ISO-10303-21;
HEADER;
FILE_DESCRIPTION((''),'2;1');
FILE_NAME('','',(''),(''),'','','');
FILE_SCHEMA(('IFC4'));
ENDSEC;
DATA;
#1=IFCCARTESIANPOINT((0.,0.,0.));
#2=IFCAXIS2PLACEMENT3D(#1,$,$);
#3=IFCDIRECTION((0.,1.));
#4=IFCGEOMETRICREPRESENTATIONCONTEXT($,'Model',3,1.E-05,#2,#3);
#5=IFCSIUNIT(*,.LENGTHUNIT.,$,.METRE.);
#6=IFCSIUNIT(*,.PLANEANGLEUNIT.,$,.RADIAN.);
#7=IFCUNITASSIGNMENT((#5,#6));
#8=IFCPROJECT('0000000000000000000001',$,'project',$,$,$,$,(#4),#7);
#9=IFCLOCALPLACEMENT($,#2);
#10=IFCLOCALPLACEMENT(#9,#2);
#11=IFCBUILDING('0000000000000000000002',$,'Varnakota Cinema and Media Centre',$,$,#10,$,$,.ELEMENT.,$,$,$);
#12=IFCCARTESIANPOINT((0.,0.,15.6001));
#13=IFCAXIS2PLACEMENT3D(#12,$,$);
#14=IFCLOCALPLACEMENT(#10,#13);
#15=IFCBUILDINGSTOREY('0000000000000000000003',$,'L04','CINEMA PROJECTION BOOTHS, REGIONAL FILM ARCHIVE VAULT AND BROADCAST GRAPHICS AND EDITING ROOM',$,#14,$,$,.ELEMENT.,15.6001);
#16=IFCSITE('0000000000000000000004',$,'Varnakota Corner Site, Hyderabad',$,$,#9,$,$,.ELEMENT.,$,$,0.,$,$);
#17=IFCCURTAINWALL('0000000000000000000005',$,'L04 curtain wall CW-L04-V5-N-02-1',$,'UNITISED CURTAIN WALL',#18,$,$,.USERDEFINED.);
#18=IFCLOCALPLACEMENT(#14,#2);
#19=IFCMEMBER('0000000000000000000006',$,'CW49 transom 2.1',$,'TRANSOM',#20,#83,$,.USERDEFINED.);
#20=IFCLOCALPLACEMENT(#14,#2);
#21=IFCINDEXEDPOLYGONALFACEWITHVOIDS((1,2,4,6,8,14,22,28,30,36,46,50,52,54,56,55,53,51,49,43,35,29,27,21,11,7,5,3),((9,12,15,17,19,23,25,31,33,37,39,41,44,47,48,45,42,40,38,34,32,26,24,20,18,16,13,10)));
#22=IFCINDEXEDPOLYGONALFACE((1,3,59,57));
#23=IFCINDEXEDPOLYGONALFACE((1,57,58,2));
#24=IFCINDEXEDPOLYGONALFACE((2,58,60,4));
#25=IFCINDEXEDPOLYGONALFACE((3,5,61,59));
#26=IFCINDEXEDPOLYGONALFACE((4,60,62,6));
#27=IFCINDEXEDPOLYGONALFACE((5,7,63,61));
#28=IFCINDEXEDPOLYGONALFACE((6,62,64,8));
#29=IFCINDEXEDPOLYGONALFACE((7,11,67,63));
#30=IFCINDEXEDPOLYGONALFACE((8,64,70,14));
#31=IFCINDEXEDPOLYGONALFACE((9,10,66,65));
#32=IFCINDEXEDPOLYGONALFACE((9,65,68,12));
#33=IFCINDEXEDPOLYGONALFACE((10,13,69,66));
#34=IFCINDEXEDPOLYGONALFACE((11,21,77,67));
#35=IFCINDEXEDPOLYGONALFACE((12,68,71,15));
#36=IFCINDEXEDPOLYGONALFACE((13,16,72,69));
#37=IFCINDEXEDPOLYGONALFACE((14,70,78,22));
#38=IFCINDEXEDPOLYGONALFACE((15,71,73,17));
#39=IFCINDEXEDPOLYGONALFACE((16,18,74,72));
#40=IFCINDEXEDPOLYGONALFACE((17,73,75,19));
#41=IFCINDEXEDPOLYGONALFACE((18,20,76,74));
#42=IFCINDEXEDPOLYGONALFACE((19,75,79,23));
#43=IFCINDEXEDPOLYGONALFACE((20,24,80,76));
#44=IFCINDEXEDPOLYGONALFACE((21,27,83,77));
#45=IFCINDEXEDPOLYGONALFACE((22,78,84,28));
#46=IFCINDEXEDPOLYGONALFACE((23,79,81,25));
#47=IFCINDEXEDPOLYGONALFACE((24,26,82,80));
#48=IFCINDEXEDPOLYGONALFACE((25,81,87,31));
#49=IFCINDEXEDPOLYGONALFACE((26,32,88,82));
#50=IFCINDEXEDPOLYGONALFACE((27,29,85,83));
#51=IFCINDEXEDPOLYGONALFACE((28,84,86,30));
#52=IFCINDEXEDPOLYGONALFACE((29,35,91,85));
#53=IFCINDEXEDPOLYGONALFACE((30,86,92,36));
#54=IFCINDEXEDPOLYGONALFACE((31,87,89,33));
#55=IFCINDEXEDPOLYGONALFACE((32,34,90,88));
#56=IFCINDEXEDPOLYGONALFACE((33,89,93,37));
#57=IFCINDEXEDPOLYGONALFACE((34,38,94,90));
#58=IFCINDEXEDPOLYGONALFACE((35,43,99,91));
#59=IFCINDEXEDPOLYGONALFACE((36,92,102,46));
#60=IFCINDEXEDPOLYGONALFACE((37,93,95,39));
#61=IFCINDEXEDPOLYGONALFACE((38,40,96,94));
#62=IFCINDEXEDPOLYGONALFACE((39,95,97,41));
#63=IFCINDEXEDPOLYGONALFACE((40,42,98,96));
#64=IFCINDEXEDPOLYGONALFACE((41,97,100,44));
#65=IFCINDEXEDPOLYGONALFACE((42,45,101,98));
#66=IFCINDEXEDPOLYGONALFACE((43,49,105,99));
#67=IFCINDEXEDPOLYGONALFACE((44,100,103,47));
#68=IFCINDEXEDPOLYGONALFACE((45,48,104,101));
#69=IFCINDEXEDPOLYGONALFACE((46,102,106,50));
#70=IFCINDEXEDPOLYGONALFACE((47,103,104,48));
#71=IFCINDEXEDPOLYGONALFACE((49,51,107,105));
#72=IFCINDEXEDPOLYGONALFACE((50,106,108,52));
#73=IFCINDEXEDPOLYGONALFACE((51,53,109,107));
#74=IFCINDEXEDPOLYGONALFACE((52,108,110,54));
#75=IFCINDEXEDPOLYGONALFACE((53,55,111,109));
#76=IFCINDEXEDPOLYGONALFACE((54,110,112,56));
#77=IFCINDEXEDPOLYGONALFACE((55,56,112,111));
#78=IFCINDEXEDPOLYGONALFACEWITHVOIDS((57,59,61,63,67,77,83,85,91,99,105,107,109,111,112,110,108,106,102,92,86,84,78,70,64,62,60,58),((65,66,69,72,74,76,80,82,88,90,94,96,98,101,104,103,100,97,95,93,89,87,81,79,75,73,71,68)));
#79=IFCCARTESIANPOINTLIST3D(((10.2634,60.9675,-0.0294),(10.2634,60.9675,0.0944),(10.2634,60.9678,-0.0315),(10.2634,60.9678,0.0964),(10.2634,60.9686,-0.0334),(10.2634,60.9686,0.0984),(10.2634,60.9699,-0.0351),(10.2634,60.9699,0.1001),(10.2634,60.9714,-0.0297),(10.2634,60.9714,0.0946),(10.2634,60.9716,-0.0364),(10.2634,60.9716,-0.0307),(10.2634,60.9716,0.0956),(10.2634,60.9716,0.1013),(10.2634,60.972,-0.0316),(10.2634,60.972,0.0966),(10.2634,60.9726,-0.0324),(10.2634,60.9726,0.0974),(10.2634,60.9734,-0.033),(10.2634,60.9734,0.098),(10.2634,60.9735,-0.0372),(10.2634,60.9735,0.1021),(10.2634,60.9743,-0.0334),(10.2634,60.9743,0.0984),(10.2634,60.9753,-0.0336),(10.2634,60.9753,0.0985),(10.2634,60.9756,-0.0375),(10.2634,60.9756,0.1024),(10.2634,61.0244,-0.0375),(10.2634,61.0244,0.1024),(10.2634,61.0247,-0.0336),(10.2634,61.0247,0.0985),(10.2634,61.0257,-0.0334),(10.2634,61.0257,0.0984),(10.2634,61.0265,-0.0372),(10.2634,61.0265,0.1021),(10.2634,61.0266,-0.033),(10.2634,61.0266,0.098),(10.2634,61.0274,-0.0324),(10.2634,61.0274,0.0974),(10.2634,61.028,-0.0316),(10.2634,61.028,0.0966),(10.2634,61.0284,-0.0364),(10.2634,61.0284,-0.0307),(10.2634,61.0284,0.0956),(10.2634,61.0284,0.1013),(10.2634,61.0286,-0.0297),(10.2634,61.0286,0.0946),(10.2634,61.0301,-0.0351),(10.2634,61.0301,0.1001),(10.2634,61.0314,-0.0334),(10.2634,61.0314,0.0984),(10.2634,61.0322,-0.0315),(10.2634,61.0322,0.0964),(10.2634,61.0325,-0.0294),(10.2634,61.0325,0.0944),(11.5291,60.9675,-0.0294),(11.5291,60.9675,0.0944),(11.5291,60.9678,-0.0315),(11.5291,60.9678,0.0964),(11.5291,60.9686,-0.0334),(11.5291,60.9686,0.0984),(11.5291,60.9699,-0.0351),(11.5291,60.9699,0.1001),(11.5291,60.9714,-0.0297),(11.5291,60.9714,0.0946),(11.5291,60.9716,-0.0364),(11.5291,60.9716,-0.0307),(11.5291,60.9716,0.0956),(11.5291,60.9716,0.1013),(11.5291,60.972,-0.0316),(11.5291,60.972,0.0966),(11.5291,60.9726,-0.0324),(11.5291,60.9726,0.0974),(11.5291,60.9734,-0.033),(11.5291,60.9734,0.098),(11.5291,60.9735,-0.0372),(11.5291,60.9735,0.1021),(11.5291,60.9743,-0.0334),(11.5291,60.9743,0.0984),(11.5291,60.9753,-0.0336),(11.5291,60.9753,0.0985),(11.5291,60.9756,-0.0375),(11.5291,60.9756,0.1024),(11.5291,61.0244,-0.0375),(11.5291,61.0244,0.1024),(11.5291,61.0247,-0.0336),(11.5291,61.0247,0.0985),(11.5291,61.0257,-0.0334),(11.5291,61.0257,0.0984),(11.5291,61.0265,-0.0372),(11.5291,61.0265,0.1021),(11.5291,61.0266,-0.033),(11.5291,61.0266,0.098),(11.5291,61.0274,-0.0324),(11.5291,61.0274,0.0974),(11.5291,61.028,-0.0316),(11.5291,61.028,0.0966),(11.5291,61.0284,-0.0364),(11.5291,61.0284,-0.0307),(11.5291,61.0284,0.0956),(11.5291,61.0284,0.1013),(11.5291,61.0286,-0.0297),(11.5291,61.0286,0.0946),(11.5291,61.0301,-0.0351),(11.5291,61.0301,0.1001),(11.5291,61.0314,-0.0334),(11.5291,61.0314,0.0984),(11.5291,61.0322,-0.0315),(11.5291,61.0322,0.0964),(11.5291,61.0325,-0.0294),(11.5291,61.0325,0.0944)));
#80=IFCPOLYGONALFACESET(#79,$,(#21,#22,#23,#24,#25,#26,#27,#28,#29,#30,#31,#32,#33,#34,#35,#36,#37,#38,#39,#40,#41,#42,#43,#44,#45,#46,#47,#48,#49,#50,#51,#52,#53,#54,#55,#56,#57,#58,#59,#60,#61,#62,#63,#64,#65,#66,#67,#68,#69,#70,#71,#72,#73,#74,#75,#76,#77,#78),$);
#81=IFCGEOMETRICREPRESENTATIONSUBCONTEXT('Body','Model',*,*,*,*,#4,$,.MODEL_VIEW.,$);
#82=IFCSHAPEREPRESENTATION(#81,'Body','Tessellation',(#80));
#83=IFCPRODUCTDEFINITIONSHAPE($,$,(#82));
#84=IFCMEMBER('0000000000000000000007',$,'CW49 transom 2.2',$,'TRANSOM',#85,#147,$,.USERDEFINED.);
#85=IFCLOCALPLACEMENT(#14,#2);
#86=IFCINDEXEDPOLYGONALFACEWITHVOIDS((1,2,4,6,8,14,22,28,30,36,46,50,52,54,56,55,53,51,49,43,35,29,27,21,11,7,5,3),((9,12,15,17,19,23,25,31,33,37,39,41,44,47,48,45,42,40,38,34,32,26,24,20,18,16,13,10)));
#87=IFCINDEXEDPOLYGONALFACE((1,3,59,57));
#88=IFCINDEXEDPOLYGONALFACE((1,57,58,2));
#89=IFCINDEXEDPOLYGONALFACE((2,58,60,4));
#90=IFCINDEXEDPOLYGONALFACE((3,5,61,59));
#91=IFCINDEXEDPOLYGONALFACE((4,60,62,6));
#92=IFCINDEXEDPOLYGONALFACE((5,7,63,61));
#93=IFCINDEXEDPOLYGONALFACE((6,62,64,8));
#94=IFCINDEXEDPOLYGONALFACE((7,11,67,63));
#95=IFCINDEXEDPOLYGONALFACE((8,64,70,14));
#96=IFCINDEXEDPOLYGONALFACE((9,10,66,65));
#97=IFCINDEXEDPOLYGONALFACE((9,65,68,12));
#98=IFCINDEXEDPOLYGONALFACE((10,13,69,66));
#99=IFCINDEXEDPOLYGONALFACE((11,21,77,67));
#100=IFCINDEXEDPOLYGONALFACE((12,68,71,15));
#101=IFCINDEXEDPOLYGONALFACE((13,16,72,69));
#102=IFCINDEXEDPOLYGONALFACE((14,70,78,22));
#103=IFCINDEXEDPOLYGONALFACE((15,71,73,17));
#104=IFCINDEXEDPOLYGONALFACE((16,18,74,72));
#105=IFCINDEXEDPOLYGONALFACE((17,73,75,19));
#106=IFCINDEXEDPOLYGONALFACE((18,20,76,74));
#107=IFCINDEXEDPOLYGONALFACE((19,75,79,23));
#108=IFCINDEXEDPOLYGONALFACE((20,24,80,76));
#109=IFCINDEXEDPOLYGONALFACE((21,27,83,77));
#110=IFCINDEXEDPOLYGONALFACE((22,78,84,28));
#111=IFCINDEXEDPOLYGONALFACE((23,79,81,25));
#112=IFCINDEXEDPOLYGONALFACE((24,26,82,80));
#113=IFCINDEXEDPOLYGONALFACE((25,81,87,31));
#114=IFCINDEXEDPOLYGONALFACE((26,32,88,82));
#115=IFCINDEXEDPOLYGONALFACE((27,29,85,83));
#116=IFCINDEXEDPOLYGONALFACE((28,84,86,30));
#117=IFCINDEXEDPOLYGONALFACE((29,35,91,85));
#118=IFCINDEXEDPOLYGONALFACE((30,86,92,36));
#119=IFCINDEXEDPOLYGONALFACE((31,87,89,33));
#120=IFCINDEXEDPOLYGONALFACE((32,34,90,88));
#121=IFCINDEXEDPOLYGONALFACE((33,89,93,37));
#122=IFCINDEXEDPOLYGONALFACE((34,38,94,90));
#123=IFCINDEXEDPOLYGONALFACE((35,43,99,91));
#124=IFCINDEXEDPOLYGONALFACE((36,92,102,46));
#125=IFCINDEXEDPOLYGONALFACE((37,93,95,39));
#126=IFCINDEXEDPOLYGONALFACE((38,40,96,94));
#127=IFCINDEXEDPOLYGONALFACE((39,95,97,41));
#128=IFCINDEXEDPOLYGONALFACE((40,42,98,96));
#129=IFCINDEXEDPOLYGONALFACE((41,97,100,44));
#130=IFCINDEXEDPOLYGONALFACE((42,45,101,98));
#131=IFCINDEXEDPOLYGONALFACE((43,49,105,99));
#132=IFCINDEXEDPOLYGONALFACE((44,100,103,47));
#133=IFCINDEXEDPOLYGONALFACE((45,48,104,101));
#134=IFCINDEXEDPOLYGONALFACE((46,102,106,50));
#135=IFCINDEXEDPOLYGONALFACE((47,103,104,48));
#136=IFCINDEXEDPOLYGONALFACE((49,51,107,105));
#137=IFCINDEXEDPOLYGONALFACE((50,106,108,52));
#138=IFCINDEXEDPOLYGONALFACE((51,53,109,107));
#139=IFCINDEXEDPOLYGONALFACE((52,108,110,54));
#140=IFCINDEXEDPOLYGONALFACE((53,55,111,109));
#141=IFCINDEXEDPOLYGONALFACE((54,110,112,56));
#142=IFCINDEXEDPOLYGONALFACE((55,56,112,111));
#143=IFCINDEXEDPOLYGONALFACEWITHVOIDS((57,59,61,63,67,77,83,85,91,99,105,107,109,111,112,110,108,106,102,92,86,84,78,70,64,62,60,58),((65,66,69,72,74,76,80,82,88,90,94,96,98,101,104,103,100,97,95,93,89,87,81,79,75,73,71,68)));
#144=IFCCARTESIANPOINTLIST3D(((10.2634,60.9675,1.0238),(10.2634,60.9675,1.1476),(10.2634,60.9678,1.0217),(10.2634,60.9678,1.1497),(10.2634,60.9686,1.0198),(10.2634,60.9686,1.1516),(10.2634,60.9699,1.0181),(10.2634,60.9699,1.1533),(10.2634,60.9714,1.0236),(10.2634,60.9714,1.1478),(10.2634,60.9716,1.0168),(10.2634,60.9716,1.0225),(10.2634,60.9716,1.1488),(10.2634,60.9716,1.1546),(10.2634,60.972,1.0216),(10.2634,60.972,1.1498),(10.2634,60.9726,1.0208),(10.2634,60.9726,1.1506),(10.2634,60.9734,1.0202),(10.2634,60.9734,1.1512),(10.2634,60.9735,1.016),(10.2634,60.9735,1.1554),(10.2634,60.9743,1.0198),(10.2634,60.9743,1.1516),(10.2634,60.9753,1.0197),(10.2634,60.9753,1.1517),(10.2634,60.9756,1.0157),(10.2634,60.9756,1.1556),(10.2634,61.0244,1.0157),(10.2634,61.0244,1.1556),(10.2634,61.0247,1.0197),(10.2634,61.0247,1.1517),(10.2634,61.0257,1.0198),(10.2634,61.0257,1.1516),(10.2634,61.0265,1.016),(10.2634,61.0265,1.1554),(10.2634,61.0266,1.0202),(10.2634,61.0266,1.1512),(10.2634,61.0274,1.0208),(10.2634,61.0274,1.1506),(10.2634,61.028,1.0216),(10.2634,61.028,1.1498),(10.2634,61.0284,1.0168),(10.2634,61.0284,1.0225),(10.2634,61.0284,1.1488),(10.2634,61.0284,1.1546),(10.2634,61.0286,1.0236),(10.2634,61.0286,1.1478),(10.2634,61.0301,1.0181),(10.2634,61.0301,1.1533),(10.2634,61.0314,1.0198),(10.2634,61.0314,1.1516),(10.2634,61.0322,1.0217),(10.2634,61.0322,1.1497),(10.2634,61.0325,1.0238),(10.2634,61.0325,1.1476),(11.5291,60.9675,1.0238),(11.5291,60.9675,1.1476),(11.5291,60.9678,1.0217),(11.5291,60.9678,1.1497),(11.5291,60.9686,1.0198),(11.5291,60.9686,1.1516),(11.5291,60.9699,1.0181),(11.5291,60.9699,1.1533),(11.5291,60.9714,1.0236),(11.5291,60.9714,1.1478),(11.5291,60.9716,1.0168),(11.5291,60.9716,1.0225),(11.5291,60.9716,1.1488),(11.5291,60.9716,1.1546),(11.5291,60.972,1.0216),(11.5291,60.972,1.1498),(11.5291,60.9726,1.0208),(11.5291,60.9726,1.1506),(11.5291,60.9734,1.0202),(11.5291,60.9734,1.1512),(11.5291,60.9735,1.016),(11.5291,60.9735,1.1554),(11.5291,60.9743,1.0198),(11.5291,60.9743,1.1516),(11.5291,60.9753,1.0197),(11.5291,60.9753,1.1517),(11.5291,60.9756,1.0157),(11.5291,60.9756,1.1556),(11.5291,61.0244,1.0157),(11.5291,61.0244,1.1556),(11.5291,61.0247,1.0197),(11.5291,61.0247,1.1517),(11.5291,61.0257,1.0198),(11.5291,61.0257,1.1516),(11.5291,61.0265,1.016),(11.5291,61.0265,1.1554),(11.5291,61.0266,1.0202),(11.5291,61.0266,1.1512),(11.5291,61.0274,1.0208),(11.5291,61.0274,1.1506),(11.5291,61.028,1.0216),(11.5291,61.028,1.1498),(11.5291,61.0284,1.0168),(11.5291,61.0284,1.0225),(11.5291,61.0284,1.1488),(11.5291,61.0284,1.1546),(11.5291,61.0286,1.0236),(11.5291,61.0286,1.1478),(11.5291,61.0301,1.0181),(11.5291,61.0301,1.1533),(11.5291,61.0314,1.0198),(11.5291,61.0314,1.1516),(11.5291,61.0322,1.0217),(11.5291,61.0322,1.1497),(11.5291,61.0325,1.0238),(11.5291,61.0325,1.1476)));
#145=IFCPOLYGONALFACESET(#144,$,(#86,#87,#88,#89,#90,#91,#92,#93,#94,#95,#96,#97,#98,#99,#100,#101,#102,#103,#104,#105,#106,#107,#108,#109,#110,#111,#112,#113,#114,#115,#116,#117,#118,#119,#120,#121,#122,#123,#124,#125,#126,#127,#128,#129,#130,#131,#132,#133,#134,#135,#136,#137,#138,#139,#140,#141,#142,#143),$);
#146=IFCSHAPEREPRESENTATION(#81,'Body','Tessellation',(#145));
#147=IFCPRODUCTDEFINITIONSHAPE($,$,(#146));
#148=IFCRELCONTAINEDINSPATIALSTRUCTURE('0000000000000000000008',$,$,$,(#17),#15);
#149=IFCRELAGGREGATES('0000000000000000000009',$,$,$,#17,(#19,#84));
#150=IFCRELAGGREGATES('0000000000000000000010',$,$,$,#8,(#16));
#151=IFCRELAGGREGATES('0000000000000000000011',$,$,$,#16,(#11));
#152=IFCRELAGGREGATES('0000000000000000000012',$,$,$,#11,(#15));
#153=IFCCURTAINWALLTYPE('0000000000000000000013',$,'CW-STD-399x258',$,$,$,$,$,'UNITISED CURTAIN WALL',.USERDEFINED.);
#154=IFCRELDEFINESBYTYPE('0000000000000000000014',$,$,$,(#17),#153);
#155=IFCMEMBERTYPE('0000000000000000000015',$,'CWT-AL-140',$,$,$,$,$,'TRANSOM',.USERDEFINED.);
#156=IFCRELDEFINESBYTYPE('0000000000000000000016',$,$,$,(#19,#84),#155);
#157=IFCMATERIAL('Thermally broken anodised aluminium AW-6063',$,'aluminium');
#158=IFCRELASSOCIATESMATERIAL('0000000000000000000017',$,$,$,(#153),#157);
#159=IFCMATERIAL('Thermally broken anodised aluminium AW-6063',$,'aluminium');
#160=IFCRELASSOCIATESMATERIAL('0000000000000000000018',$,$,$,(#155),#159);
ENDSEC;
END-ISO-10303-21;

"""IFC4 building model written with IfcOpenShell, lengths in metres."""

from ifc_helpers import new_model, si_unit, direction, frame, origin, origin_2d, place, context, subcontext, project, spatial, hollow_rectangle, extrude, material, material_profile, profile_set, type_object, element, aggregate, save


model = new_model("IFC4")

# Units and contexts
model_context = context("Model", 3, precision=1e-05, world=origin(), true_north=direction((0.0, 1.0)))
body_context = subcontext(model_context, "Body", "Model", "MODEL_VIEW")
ifc_project = project(units=[si_unit("LENGTHUNIT", "METRE"), si_unit("PLANEANGLEUNIT", "RADIAN")], contexts=[model_context])

# Site, building, storey
site_placement = place(None, origin())
site = spatial("IfcSite", under=ifc_project, at=site_placement, Name="Varnakota Corner Site, Hyderabad", CompositionType="ELEMENT", RefElevation=0.0)
building_placement = place(site_placement, origin())
building = spatial("IfcBuilding", under=site, at=building_placement, Name="Varnakota Cinema and Media Centre", CompositionType="ELEMENT")
storey_placement = place(building_placement, frame((0.0, 0.0, 15.6001)))
storey = spatial("IfcBuildingStorey", under=building, at=storey_placement, Name="L04", Description="CINEMA PROJECTION BOOTHS, REGIONAL FILM ARCHIVE VAULT AND BROADCAST GRAPHICS AND EDITING ROOM", CompositionType="ELEMENT", Elevation=15.6001)

# Curtain wall, members
ifc_material_1 = material(Name="Thermally broken anodised aluminium AW-6063", Category="aluminium")
curtain_wall_type = type_object("IfcCurtainWallType", Name="CW-STD-399x258", ElementType="UNITISED CURTAIN WALL", PredefinedType="USERDEFINED", material=ifc_material_1)
curtain_wall_placement = place(storey_placement, origin())
curtain_wall = element("IfcCurtainWall", 1, at=curtain_wall_placement, inside=storey, type_object=curtain_wall_type, Name="L04 curtain wall CW-L04-V5-N-02-1", ObjectType="UNITISED CURTAIN WALL", PredefinedType="USERDEFINED")
ifc_material_2 = material(Name="Thermally broken anodised aluminium AW-6063", Category="aluminium")
ifc_material_profile_1 = material_profile(ifc_material_2, hollow_rectangle(XDim=0.0649, YDim=0.1399, WallThickness=0.0039, InnerFilletRadius=0.0039, OuterFilletRadius=0.0081, at=origin_2d()), Name="AL-TRANSOM 140x65x4")
ifc_profile_set_1 = profile_set([ifc_material_profile_1], Name="Thermally broken anodised aluminium AW-6063")
member_type_1 = type_object("IfcMemberType", Name="CWT-AL-140", ElementType="TRANSOM", PredefinedType="USERDEFINED", material=ifc_profile_set_1)
member_1_placement = place(storey_placement, frame((10.2634, 61.0, 0.0325), z_axis=(1.0, 0.0, 0.0), x_axis=(0.0, 1.0, 0.0)))
member_1 = element("IfcMember", 2, at=member_1_placement, type_object=member_type_1, Name="CW49 transom 2.1", ObjectType="TRANSOM", PredefinedType="USERDEFINED", context=body_context, shape_type="SweptSolid", body=[
    extrude(hollow_rectangle(XDim=0.0649, YDim=0.1399, WallThickness=0.0039, InnerFilletRadius=0.0039, OuterFilletRadius=0.0081, at=origin_2d()), origin(), (0.0, 0.0, 1.0), 1.2656),
])
member_2_placement = place(storey_placement, frame((10.2634, 61.0, 1.0857), z_axis=(1.0, 0.0, 0.0), x_axis=(0.0, 1.0, 0.0)))
member_2 = element("IfcMember", 3, at=member_2_placement, type_object=member_type_1, Name="CW49 transom 2.2", ObjectType="TRANSOM", PredefinedType="USERDEFINED", context=body_context, shape_type="SweptSolid", body=[
    extrude(hollow_rectangle(XDim=0.0649, YDim=0.1399, WallThickness=0.0039, InnerFilletRadius=0.0039, OuterFilletRadius=0.0081, at=origin_2d()), origin(), (0.0, 0.0, 1.0), 1.2656),
])
aggregate(curtain_wall, [member_1, member_2])

save(model, "model.ifc")
